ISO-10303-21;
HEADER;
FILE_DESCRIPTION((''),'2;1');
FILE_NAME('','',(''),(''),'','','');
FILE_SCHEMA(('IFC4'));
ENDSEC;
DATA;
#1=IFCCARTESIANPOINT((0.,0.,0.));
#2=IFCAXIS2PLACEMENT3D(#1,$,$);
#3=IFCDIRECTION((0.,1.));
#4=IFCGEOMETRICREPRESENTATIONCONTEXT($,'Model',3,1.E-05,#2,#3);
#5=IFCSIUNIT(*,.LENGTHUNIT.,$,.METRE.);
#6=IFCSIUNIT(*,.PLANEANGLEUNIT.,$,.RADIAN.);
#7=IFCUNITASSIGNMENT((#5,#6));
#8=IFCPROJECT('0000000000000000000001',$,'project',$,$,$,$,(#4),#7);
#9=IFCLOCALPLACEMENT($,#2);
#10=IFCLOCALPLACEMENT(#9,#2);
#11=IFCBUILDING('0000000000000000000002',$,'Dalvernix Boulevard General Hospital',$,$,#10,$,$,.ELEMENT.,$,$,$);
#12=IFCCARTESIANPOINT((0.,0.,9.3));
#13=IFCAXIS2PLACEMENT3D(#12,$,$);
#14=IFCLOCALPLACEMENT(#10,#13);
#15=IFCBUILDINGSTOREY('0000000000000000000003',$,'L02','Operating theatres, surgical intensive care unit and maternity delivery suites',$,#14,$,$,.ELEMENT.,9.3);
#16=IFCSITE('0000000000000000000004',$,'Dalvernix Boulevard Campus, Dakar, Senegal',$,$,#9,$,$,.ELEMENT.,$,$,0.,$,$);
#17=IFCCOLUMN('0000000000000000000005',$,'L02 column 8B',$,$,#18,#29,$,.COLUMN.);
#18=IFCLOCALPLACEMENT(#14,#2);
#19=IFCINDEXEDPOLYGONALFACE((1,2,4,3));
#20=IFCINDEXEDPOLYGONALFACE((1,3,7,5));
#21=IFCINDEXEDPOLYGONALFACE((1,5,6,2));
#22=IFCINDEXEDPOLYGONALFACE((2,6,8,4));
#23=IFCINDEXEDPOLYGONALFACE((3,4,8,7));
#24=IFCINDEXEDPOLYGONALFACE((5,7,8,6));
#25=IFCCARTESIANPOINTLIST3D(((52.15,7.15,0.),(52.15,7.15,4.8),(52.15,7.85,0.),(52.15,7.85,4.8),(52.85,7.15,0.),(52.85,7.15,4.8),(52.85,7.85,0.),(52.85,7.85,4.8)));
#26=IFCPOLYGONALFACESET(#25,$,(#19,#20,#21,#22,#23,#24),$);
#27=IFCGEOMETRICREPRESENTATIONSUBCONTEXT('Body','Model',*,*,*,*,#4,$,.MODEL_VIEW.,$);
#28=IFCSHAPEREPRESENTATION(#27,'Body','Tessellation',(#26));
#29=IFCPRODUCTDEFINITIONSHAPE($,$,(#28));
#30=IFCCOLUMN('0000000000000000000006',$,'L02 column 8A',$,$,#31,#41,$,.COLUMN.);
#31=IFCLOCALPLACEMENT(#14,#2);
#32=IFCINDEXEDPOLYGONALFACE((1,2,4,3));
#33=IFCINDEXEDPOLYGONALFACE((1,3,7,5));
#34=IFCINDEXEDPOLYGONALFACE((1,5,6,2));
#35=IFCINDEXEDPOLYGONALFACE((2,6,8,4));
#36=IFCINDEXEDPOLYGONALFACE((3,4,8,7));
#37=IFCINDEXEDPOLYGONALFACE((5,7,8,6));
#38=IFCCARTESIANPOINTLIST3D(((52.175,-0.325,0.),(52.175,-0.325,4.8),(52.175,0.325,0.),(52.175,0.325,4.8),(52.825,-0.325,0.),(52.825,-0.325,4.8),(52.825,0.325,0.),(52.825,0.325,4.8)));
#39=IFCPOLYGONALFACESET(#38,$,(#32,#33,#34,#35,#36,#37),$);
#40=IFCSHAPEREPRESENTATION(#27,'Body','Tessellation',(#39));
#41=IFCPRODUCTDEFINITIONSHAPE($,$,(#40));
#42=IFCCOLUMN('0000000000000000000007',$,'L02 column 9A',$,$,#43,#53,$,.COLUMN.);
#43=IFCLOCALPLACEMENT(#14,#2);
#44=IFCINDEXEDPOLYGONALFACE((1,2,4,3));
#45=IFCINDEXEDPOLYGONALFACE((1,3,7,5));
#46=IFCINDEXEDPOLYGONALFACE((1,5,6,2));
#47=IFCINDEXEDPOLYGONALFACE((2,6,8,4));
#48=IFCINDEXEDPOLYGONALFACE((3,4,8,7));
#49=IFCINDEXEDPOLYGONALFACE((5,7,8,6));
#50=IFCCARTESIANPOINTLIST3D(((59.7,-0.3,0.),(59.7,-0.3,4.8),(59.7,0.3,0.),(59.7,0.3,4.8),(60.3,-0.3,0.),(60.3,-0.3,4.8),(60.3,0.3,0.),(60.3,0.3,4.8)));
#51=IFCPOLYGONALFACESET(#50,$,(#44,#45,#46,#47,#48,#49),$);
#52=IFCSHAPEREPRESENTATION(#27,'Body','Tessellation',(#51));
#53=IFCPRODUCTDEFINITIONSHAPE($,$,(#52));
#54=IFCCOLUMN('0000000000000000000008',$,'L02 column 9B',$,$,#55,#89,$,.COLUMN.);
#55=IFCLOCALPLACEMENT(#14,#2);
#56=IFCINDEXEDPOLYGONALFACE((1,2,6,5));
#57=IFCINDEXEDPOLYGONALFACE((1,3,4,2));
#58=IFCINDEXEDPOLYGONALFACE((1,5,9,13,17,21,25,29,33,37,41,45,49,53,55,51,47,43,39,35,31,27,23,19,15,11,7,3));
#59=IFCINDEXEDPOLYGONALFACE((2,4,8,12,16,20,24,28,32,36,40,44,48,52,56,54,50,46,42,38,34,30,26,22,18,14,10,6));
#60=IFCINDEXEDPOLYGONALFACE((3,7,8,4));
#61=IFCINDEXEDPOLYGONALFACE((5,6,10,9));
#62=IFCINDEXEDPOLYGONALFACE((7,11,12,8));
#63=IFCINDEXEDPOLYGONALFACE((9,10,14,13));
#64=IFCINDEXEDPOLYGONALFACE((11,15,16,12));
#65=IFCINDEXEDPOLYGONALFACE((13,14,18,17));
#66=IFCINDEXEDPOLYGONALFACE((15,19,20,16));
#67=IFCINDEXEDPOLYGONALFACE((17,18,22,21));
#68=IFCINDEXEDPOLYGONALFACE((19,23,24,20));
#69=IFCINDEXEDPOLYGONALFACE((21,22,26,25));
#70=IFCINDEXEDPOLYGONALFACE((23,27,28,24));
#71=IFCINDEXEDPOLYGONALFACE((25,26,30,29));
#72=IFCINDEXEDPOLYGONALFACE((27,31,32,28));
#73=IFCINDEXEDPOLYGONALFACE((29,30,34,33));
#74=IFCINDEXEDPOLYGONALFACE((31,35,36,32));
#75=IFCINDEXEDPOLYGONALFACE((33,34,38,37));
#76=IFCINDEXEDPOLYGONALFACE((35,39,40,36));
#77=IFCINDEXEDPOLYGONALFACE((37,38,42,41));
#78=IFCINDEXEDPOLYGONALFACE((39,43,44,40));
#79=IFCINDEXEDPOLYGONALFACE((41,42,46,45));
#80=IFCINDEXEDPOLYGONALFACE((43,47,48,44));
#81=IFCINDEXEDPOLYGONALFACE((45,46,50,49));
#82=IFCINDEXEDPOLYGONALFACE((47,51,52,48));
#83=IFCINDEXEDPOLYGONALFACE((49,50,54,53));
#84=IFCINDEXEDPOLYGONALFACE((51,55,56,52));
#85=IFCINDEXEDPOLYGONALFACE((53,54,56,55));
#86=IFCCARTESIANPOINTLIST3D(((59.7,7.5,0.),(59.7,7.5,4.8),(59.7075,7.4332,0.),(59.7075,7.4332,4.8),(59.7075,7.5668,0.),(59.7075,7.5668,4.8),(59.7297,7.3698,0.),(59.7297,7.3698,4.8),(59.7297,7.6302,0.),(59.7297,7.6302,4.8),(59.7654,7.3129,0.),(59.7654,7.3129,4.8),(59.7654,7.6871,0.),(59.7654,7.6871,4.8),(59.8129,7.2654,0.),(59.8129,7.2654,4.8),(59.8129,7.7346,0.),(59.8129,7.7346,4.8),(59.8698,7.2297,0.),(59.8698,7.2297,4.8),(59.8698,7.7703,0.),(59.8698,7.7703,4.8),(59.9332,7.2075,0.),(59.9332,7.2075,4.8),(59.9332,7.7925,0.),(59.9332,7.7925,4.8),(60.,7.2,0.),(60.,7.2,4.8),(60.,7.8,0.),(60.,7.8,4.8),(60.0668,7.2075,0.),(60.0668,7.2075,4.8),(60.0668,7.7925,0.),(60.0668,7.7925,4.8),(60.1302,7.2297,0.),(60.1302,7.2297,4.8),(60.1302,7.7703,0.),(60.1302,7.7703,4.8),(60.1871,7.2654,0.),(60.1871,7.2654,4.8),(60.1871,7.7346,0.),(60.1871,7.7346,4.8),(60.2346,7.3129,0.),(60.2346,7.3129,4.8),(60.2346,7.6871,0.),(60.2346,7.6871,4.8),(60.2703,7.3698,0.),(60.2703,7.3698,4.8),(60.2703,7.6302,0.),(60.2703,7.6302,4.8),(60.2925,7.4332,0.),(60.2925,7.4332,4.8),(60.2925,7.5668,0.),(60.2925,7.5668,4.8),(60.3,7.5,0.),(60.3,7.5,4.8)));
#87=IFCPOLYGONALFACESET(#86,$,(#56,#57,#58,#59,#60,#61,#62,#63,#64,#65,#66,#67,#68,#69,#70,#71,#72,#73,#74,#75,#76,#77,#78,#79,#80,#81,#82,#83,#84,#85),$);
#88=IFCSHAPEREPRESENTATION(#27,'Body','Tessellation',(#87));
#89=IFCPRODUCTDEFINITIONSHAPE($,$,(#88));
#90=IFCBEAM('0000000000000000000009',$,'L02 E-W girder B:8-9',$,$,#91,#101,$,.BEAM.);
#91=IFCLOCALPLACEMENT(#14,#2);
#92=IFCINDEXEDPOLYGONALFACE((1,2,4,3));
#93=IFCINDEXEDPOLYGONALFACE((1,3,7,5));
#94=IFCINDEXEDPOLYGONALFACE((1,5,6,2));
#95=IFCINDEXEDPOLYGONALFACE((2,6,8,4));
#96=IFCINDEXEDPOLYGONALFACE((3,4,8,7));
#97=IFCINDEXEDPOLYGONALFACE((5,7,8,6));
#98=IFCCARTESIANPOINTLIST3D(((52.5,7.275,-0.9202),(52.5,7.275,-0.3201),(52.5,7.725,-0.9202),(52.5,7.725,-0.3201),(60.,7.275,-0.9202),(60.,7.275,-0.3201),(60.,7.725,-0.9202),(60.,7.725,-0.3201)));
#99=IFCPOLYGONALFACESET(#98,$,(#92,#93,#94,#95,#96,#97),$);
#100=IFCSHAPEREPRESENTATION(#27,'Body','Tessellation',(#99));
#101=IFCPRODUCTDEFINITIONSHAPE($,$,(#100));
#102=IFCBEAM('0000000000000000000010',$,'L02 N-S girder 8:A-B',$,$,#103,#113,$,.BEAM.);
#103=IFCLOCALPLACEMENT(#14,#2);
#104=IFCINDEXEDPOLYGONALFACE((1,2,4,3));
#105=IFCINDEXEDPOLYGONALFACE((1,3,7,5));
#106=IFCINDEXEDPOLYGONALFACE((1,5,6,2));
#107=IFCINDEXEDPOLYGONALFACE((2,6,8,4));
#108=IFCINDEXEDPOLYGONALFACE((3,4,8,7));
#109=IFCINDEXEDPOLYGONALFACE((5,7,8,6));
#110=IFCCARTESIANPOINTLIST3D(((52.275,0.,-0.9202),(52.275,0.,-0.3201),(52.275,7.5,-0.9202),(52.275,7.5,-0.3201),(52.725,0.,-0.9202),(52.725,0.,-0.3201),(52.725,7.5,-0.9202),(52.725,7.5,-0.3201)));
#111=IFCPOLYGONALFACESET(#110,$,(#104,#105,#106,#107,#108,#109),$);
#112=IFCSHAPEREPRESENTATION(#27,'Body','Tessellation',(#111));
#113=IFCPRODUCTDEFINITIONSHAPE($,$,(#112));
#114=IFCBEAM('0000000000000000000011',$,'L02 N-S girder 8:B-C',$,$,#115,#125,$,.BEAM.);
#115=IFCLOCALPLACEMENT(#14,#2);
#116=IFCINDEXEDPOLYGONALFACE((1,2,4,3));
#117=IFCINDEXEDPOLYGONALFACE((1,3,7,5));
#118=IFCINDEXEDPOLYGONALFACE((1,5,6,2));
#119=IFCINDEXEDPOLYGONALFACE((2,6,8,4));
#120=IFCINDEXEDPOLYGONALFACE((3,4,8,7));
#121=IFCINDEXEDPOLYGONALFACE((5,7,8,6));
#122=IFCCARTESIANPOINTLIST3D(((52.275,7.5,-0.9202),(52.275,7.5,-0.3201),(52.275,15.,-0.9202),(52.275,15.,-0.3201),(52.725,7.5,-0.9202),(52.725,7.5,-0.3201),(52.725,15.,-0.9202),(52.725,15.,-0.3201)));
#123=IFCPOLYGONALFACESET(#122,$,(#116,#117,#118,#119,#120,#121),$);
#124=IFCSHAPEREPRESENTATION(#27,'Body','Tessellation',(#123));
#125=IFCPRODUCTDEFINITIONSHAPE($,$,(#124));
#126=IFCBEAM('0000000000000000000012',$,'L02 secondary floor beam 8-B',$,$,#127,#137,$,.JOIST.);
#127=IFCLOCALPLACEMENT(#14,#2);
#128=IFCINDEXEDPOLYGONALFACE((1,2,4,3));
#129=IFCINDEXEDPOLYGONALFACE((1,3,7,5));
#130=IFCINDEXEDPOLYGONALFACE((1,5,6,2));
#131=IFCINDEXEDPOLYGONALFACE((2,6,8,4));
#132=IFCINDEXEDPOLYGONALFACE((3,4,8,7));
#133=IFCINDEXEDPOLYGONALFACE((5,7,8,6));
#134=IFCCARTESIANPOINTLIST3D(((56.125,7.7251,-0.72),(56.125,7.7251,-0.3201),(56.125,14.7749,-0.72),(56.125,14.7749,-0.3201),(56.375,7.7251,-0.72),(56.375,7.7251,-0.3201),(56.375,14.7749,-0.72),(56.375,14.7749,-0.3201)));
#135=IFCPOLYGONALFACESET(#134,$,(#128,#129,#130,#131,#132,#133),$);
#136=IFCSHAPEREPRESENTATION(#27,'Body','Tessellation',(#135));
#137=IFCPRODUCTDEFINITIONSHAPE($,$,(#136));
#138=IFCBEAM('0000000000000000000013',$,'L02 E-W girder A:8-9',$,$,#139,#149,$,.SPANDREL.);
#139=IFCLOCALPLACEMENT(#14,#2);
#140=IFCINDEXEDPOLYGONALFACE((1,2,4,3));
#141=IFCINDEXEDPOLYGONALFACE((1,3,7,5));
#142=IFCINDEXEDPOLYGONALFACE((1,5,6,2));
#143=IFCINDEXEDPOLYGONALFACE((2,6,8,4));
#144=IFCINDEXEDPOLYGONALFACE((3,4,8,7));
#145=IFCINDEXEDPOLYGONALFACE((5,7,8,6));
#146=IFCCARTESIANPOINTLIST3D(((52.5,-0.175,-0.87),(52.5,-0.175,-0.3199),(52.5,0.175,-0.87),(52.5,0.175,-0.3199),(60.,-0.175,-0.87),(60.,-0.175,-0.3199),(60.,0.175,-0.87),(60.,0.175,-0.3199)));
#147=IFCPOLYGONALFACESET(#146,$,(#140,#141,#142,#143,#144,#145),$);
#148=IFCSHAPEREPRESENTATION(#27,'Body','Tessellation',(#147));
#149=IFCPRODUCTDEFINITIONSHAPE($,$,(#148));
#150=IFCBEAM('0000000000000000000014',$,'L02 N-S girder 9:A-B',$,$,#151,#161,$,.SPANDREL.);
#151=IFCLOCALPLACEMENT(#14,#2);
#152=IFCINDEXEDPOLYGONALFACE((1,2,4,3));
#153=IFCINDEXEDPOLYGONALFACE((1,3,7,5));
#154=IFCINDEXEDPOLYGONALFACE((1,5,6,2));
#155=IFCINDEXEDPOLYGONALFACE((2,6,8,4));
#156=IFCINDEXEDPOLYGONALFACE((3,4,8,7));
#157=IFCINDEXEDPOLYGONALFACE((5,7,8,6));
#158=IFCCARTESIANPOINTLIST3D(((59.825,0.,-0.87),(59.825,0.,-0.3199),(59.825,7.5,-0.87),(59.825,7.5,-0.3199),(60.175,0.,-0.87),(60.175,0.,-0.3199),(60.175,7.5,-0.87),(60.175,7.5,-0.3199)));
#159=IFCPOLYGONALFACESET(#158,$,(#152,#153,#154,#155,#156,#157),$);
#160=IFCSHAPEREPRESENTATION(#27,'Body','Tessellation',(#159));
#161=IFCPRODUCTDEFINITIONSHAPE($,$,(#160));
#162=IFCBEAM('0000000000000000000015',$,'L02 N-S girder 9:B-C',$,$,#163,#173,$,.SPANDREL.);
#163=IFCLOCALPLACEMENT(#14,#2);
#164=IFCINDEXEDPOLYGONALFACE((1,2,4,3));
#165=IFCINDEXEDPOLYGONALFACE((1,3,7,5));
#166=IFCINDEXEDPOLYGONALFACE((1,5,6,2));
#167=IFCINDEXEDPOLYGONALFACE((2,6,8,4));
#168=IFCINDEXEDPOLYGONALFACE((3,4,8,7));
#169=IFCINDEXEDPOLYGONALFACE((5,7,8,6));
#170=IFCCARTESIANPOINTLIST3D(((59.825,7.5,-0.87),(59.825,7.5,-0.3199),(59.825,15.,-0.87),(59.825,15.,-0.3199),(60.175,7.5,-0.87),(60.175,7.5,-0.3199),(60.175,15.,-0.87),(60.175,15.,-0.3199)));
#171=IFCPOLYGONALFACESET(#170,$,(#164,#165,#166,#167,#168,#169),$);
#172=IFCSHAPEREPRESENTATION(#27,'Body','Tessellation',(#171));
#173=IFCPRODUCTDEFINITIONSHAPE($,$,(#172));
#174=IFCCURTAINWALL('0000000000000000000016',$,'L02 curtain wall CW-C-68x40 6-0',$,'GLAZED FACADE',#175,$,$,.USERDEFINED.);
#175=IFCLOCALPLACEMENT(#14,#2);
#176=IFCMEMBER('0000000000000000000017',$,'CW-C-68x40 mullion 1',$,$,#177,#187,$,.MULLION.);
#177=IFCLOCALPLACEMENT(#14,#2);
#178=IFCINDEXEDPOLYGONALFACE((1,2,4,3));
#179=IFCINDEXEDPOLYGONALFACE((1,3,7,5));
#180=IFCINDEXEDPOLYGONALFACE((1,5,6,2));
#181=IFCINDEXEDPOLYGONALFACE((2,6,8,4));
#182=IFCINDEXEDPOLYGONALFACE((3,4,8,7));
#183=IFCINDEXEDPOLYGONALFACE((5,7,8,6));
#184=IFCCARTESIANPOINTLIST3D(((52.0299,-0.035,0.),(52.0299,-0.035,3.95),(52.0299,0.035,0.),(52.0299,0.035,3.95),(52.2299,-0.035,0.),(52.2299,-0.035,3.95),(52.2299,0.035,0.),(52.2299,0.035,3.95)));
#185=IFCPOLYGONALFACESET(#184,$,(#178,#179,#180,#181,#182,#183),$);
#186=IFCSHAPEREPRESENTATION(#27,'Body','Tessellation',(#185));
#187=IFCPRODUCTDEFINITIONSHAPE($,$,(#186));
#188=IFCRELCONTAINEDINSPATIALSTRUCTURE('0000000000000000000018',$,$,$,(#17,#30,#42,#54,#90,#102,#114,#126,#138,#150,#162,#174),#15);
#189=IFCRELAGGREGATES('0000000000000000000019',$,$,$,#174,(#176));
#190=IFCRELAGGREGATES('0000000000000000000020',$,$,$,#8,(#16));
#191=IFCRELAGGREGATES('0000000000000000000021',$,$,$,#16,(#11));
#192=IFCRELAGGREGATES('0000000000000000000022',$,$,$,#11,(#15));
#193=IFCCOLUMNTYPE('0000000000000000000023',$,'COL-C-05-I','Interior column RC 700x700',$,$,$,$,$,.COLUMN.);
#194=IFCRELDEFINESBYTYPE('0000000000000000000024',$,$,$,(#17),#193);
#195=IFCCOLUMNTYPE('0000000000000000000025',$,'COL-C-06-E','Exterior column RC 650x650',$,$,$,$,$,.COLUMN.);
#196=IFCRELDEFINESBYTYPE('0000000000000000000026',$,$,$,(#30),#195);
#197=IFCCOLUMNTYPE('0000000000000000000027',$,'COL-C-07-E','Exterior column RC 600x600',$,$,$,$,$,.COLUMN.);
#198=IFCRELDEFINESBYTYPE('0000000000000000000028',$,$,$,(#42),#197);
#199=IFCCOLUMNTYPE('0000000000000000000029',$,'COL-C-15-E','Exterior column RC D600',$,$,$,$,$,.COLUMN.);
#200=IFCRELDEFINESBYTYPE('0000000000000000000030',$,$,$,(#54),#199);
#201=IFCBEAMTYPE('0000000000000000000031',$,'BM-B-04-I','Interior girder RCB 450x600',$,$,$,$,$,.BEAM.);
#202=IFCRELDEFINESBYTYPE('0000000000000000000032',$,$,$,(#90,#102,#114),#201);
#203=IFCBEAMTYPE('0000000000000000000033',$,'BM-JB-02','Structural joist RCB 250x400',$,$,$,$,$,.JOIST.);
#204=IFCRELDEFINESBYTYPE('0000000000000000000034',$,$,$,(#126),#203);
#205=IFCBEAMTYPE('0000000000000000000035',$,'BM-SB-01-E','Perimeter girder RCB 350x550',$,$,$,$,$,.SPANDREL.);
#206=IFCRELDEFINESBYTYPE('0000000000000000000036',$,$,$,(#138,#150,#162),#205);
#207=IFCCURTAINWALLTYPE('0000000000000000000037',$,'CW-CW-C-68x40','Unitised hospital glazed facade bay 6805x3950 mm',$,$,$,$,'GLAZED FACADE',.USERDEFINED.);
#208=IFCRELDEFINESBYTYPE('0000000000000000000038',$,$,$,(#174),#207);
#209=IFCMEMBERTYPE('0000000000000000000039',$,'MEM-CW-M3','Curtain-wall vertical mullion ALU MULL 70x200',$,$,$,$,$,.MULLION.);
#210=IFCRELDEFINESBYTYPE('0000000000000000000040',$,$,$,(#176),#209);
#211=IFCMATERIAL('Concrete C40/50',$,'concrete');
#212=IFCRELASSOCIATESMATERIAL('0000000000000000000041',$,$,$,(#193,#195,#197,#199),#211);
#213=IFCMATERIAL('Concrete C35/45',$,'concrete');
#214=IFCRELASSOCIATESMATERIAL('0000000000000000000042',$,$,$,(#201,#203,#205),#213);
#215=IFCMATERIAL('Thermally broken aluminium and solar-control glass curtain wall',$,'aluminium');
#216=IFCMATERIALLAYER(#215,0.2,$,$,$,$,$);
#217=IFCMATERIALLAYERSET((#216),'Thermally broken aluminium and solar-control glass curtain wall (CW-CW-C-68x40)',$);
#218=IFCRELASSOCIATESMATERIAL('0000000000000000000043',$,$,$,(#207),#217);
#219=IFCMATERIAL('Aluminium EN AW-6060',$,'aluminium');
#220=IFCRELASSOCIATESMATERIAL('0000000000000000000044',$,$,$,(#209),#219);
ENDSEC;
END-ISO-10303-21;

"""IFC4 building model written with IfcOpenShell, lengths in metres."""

from ifc_helpers import new_model, si_unit, direction, frame, origin, origin_2d, place, context, subcontext, project, spatial, rectangle, circle, extrude, material, layer, layer_set, material_profile, profile_set, type_object, element, aggregate, save


model = new_model("IFC4")

# Units and contexts
model_context = context("Model", 3, precision=1e-05, world=origin(), true_north=direction((0.0, 1.0)))
body_context = subcontext(model_context, "Body", "Model", "MODEL_VIEW")
ifc_project = project(units=[si_unit("LENGTHUNIT", "METRE"), si_unit("PLANEANGLEUNIT", "RADIAN")], contexts=[model_context])

# Site, building, storey
site_placement = place(None, origin())
site = spatial("IfcSite", under=ifc_project, at=site_placement, Name="Dalvernix Boulevard Campus, Dakar, Senegal", CompositionType="ELEMENT", RefElevation=0.0)
building_placement = place(site_placement, origin())
building = spatial("IfcBuilding", under=site, at=building_placement, Name="Dalvernix Boulevard General Hospital", CompositionType="ELEMENT")
storey_placement = place(building_placement, frame((0.0, 0.0, 9.3)))
storey = spatial("IfcBuildingStorey", under=building, at=storey_placement, Name="L02", Description="Operating theatres, surgical intensive care unit and maternity delivery suites", CompositionType="ELEMENT", Elevation=9.3)

# Columns
ifc_material_1 = material(Name="Concrete C40/50", Category="concrete")
ifc_material_profile_1 = material_profile(ifc_material_1, rectangle(XDim=0.7, YDim=0.7, at=origin_2d()), Name="RC 700x700")
ifc_profile_set_1 = profile_set([ifc_material_profile_1], Name="Concrete C40/50")
column_type_1 = type_object("IfcColumnType", Name="COL-C-05-I", Description="Interior column RC 700x700", PredefinedType="COLUMN", material=ifc_profile_set_1)
column_1_placement = place(storey_placement, frame((52.5, 7.5, 0.0), z_axis=(0.0, 0.0, 1.0), x_axis=(1.0, 0.0, 0.0)))
element("IfcColumn", 1, at=column_1_placement, inside=storey, type_object=column_type_1, Name="L02 column 8B", PredefinedType="COLUMN", context=body_context, shape_type="SweptSolid", body=[
    extrude(rectangle(XDim=0.7, YDim=0.7, at=origin_2d()), origin(), (0.0, 0.0, 1.0), 4.8),
])
ifc_material_profile_2 = material_profile(ifc_material_1, rectangle(XDim=0.6499, YDim=0.6499, at=origin_2d()), Name="RC 650x650")
ifc_profile_set_2 = profile_set([ifc_material_profile_2], Name="Concrete C40/50")
column_type_2 = type_object("IfcColumnType", Name="COL-C-06-E", Description="Exterior column RC 650x650", PredefinedType="COLUMN", material=ifc_profile_set_2)
column_2_placement = place(storey_placement, frame((52.5, 0.0, 0.0), z_axis=(0.0, 0.0, 1.0), x_axis=(1.0, 0.0, 0.0)))
element("IfcColumn", 2, at=column_2_placement, inside=storey, type_object=column_type_2, Name="L02 column 8A", PredefinedType="COLUMN", context=body_context, shape_type="SweptSolid", body=[
    extrude(rectangle(XDim=0.6499, YDim=0.6499, at=origin_2d()), origin(), (0.0, 0.0, 1.0), 4.8),
])
ifc_material_profile_3 = material_profile(ifc_material_1, rectangle(XDim=0.6001, YDim=0.6001, at=origin_2d()), Name="RC 600x600")
ifc_profile_set_3 = profile_set([ifc_material_profile_3], Name="Concrete C40/50")
column_type_3 = type_object("IfcColumnType", Name="COL-C-07-E", Description="Exterior column RC 600x600", PredefinedType="COLUMN", material=ifc_profile_set_3)
column_3_placement = place(storey_placement, frame((60.0, 0.0, 0.0), z_axis=(0.0, 0.0, 1.0), x_axis=(1.0, 0.0, 0.0)))
element("IfcColumn", 3, at=column_3_placement, inside=storey, type_object=column_type_3, Name="L02 column 9A", PredefinedType="COLUMN", context=body_context, shape_type="SweptSolid", body=[
    extrude(rectangle(XDim=0.6001, YDim=0.6001, at=origin_2d()), origin(), (0.0, 0.0, 1.0), 4.8),
])
ifc_material_profile_4 = material_profile(ifc_material_1, circle(Radius=0.3, at=origin_2d()), Name="RC D600")
ifc_profile_set_4 = profile_set([ifc_material_profile_4], Name="Concrete C40/50")
column_type_4 = type_object("IfcColumnType", Name="COL-C-15-E", Description="Exterior column RC D600", PredefinedType="COLUMN", material=ifc_profile_set_4)
column_4_placement = place(storey_placement, frame((60.0, 7.5, 0.0), z_axis=(0.0, 0.0, 1.0), x_axis=(1.0, 0.0, 0.0)))
element("IfcColumn", 4, at=column_4_placement, inside=storey, type_object=column_type_4, Name="L02 column 9B", PredefinedType="COLUMN", context=body_context, shape_type="SweptSolid", body=[
    extrude(circle(Radius=0.3, at=origin_2d()), origin(), (0.0, 0.0, 1.0), 4.8),
])

# Beams
ifc_material_2 = material(Name="Concrete C35/45", Category="concrete")
ifc_material_profile_5 = material_profile(ifc_material_2, rectangle(XDim=0.45, YDim=0.6001, at=origin_2d()), Name="RCB 450x600")
ifc_profile_set_5 = profile_set([ifc_material_profile_5], Name="Concrete C35/45")
beam_type_1 = type_object("IfcBeamType", Name="BM-B-04-I", Description="Interior girder RCB 450x600", PredefinedType="BEAM", material=ifc_profile_set_5)
for number, where, z_axis, x_axis, name in (
    (5, (52.5, 7.5, -0.6201), (1.0, 0.0, 0.0), (0.0, 1.0, 0.0), "L02 E-W girder B:8-9"),
    (6, (52.5, 0.0, -0.6201), (0.0, 1.0, 0.0), (-1.0, 0.0, 0.0), "L02 N-S girder 8:A-B"),
    (7, (52.5, 7.5, -0.6201), (0.0, 1.0, 0.0), (-1.0, 0.0, 0.0), "L02 N-S girder 8:B-C"),
):
    element("IfcBeam", number, at=place(storey_placement, frame(where, z_axis=z_axis, x_axis=x_axis)), inside=storey, type_object=beam_type_1, Name=name, PredefinedType="BEAM", context=body_context, shape_type="SweptSolid", body=[
        extrude(rectangle(XDim=0.45, YDim=0.6001, at=origin_2d()), origin(), (0.0, 0.0, 1.0), 7.5),
    ])
ifc_material_profile_6 = material_profile(ifc_material_2, rectangle(XDim=0.25, YDim=0.3999, at=origin_2d()), Name="RCB 250x400")
ifc_profile_set_6 = profile_set([ifc_material_profile_6], Name="Concrete C35/45")
beam_type_2 = type_object("IfcBeamType", Name="BM-JB-02", Description="Structural joist RCB 250x400", PredefinedType="JOIST", material=ifc_profile_set_6)
beam_placement = place(storey_placement, frame((56.25, 7.7251, -0.52), z_axis=(0.0, 1.0, 0.0), x_axis=(-1.0, 0.0, 0.0)))
element("IfcBeam", 8, at=beam_placement, inside=storey, type_object=beam_type_2, Name="L02 secondary floor beam 8-B", PredefinedType="JOIST", context=body_context, shape_type="SweptSolid", body=[
    extrude(rectangle(XDim=0.25, YDim=0.3999, at=origin_2d()), origin(), (0.0, 0.0, 1.0), 7.0498),
])
ifc_material_profile_7 = material_profile(ifc_material_2, rectangle(XDim=0.3501, YDim=0.55, at=origin_2d()), Name="RCB 350x550")
ifc_profile_set_7 = profile_set([ifc_material_profile_7], Name="Concrete C35/45")
beam_type_3 = type_object("IfcBeamType", Name="BM-SB-01-E", Description="Perimeter girder RCB 350x550", PredefinedType="SPANDREL", material=ifc_profile_set_7)
for number, where, z_axis, x_axis, name in (
    (9, (52.5, 0.0, -0.595), (1.0, 0.0, 0.0), (0.0, 1.0, 0.0), "L02 E-W girder A:8-9"),
    (10, (60.0, 0.0, -0.595), (0.0, 1.0, 0.0), (-1.0, 0.0, 0.0), "L02 N-S girder 9:A-B"),
    (11, (60.0, 7.5, -0.595), (0.0, 1.0, 0.0), (-1.0, 0.0, 0.0), "L02 N-S girder 9:B-C"),
):
    element("IfcBeam", number, at=place(storey_placement, frame(where, z_axis=z_axis, x_axis=x_axis)), inside=storey, type_object=beam_type_3, Name=name, PredefinedType="SPANDREL", context=body_context, shape_type="SweptSolid", body=[
        extrude(rectangle(XDim=0.3501, YDim=0.55, at=origin_2d()), origin(), (0.0, 0.0, 1.0), 7.5),
    ])

# Curtain wall, member
ifc_material_3 = material(Name="Thermally broken aluminium and solar-control glass curtain wall", Category="aluminium")
ifc_layer_1 = layer(ifc_material_3, 0.2)
ifc_layer_set_1 = layer_set([ifc_layer_1], Name="Thermally broken aluminium and solar-control glass curtain wall (CW-CW-C-68x40)")
curtain_wall_type_1 = type_object("IfcCurtainWallType", Name="CW-CW-C-68x40", Description="Unitised hospital glazed facade bay 6805x3950 mm", ElementType="GLAZED FACADE", PredefinedType="USERDEFINED", material=ifc_layer_set_1)
curtain_wall_1_placement = place(storey_placement, origin())
curtain_wall_1 = element("IfcCurtainWall", 12, at=curtain_wall_1_placement, inside=storey, type_object=curtain_wall_type_1, Name="L02 curtain wall CW-C-68x40 6-0", ObjectType="GLAZED FACADE", PredefinedType="USERDEFINED")
ifc_material_4 = material(Name="Aluminium EN AW-6060", Category="aluminium")
ifc_material_profile_8 = material_profile(ifc_material_4, rectangle(XDim=0.0701, YDim=0.2, at=origin_2d()), Name="ALU MULL 70x200")
ifc_profile_set_8 = profile_set([ifc_material_profile_8], Name="Aluminium EN AW-6060")
member_type_1 = type_object("IfcMemberType", Name="MEM-CW-M3", Description="Curtain-wall vertical mullion ALU MULL 70x200", PredefinedType="MULLION", material=ifc_profile_set_8)
member_1_placement = place(storey_placement, frame((52.1299, 0.0, 0.0), z_axis=(0.0, 0.0, 1.0), x_axis=(0.0, -1.0, 0.0)))
member_1 = element("IfcMember", 13, at=member_1_placement, type_object=member_type_1, Name="CW-C-68x40 mullion 1", PredefinedType="MULLION", context=body_context, shape_type="SweptSolid", body=[
    extrude(rectangle(XDim=0.0701, YDim=0.2, at=origin_2d()), origin(), (0.0, 0.0, 1.0), 3.95),
])

aggregate(curtain_wall_1, [member_1])

save(model, "model.ifc")
